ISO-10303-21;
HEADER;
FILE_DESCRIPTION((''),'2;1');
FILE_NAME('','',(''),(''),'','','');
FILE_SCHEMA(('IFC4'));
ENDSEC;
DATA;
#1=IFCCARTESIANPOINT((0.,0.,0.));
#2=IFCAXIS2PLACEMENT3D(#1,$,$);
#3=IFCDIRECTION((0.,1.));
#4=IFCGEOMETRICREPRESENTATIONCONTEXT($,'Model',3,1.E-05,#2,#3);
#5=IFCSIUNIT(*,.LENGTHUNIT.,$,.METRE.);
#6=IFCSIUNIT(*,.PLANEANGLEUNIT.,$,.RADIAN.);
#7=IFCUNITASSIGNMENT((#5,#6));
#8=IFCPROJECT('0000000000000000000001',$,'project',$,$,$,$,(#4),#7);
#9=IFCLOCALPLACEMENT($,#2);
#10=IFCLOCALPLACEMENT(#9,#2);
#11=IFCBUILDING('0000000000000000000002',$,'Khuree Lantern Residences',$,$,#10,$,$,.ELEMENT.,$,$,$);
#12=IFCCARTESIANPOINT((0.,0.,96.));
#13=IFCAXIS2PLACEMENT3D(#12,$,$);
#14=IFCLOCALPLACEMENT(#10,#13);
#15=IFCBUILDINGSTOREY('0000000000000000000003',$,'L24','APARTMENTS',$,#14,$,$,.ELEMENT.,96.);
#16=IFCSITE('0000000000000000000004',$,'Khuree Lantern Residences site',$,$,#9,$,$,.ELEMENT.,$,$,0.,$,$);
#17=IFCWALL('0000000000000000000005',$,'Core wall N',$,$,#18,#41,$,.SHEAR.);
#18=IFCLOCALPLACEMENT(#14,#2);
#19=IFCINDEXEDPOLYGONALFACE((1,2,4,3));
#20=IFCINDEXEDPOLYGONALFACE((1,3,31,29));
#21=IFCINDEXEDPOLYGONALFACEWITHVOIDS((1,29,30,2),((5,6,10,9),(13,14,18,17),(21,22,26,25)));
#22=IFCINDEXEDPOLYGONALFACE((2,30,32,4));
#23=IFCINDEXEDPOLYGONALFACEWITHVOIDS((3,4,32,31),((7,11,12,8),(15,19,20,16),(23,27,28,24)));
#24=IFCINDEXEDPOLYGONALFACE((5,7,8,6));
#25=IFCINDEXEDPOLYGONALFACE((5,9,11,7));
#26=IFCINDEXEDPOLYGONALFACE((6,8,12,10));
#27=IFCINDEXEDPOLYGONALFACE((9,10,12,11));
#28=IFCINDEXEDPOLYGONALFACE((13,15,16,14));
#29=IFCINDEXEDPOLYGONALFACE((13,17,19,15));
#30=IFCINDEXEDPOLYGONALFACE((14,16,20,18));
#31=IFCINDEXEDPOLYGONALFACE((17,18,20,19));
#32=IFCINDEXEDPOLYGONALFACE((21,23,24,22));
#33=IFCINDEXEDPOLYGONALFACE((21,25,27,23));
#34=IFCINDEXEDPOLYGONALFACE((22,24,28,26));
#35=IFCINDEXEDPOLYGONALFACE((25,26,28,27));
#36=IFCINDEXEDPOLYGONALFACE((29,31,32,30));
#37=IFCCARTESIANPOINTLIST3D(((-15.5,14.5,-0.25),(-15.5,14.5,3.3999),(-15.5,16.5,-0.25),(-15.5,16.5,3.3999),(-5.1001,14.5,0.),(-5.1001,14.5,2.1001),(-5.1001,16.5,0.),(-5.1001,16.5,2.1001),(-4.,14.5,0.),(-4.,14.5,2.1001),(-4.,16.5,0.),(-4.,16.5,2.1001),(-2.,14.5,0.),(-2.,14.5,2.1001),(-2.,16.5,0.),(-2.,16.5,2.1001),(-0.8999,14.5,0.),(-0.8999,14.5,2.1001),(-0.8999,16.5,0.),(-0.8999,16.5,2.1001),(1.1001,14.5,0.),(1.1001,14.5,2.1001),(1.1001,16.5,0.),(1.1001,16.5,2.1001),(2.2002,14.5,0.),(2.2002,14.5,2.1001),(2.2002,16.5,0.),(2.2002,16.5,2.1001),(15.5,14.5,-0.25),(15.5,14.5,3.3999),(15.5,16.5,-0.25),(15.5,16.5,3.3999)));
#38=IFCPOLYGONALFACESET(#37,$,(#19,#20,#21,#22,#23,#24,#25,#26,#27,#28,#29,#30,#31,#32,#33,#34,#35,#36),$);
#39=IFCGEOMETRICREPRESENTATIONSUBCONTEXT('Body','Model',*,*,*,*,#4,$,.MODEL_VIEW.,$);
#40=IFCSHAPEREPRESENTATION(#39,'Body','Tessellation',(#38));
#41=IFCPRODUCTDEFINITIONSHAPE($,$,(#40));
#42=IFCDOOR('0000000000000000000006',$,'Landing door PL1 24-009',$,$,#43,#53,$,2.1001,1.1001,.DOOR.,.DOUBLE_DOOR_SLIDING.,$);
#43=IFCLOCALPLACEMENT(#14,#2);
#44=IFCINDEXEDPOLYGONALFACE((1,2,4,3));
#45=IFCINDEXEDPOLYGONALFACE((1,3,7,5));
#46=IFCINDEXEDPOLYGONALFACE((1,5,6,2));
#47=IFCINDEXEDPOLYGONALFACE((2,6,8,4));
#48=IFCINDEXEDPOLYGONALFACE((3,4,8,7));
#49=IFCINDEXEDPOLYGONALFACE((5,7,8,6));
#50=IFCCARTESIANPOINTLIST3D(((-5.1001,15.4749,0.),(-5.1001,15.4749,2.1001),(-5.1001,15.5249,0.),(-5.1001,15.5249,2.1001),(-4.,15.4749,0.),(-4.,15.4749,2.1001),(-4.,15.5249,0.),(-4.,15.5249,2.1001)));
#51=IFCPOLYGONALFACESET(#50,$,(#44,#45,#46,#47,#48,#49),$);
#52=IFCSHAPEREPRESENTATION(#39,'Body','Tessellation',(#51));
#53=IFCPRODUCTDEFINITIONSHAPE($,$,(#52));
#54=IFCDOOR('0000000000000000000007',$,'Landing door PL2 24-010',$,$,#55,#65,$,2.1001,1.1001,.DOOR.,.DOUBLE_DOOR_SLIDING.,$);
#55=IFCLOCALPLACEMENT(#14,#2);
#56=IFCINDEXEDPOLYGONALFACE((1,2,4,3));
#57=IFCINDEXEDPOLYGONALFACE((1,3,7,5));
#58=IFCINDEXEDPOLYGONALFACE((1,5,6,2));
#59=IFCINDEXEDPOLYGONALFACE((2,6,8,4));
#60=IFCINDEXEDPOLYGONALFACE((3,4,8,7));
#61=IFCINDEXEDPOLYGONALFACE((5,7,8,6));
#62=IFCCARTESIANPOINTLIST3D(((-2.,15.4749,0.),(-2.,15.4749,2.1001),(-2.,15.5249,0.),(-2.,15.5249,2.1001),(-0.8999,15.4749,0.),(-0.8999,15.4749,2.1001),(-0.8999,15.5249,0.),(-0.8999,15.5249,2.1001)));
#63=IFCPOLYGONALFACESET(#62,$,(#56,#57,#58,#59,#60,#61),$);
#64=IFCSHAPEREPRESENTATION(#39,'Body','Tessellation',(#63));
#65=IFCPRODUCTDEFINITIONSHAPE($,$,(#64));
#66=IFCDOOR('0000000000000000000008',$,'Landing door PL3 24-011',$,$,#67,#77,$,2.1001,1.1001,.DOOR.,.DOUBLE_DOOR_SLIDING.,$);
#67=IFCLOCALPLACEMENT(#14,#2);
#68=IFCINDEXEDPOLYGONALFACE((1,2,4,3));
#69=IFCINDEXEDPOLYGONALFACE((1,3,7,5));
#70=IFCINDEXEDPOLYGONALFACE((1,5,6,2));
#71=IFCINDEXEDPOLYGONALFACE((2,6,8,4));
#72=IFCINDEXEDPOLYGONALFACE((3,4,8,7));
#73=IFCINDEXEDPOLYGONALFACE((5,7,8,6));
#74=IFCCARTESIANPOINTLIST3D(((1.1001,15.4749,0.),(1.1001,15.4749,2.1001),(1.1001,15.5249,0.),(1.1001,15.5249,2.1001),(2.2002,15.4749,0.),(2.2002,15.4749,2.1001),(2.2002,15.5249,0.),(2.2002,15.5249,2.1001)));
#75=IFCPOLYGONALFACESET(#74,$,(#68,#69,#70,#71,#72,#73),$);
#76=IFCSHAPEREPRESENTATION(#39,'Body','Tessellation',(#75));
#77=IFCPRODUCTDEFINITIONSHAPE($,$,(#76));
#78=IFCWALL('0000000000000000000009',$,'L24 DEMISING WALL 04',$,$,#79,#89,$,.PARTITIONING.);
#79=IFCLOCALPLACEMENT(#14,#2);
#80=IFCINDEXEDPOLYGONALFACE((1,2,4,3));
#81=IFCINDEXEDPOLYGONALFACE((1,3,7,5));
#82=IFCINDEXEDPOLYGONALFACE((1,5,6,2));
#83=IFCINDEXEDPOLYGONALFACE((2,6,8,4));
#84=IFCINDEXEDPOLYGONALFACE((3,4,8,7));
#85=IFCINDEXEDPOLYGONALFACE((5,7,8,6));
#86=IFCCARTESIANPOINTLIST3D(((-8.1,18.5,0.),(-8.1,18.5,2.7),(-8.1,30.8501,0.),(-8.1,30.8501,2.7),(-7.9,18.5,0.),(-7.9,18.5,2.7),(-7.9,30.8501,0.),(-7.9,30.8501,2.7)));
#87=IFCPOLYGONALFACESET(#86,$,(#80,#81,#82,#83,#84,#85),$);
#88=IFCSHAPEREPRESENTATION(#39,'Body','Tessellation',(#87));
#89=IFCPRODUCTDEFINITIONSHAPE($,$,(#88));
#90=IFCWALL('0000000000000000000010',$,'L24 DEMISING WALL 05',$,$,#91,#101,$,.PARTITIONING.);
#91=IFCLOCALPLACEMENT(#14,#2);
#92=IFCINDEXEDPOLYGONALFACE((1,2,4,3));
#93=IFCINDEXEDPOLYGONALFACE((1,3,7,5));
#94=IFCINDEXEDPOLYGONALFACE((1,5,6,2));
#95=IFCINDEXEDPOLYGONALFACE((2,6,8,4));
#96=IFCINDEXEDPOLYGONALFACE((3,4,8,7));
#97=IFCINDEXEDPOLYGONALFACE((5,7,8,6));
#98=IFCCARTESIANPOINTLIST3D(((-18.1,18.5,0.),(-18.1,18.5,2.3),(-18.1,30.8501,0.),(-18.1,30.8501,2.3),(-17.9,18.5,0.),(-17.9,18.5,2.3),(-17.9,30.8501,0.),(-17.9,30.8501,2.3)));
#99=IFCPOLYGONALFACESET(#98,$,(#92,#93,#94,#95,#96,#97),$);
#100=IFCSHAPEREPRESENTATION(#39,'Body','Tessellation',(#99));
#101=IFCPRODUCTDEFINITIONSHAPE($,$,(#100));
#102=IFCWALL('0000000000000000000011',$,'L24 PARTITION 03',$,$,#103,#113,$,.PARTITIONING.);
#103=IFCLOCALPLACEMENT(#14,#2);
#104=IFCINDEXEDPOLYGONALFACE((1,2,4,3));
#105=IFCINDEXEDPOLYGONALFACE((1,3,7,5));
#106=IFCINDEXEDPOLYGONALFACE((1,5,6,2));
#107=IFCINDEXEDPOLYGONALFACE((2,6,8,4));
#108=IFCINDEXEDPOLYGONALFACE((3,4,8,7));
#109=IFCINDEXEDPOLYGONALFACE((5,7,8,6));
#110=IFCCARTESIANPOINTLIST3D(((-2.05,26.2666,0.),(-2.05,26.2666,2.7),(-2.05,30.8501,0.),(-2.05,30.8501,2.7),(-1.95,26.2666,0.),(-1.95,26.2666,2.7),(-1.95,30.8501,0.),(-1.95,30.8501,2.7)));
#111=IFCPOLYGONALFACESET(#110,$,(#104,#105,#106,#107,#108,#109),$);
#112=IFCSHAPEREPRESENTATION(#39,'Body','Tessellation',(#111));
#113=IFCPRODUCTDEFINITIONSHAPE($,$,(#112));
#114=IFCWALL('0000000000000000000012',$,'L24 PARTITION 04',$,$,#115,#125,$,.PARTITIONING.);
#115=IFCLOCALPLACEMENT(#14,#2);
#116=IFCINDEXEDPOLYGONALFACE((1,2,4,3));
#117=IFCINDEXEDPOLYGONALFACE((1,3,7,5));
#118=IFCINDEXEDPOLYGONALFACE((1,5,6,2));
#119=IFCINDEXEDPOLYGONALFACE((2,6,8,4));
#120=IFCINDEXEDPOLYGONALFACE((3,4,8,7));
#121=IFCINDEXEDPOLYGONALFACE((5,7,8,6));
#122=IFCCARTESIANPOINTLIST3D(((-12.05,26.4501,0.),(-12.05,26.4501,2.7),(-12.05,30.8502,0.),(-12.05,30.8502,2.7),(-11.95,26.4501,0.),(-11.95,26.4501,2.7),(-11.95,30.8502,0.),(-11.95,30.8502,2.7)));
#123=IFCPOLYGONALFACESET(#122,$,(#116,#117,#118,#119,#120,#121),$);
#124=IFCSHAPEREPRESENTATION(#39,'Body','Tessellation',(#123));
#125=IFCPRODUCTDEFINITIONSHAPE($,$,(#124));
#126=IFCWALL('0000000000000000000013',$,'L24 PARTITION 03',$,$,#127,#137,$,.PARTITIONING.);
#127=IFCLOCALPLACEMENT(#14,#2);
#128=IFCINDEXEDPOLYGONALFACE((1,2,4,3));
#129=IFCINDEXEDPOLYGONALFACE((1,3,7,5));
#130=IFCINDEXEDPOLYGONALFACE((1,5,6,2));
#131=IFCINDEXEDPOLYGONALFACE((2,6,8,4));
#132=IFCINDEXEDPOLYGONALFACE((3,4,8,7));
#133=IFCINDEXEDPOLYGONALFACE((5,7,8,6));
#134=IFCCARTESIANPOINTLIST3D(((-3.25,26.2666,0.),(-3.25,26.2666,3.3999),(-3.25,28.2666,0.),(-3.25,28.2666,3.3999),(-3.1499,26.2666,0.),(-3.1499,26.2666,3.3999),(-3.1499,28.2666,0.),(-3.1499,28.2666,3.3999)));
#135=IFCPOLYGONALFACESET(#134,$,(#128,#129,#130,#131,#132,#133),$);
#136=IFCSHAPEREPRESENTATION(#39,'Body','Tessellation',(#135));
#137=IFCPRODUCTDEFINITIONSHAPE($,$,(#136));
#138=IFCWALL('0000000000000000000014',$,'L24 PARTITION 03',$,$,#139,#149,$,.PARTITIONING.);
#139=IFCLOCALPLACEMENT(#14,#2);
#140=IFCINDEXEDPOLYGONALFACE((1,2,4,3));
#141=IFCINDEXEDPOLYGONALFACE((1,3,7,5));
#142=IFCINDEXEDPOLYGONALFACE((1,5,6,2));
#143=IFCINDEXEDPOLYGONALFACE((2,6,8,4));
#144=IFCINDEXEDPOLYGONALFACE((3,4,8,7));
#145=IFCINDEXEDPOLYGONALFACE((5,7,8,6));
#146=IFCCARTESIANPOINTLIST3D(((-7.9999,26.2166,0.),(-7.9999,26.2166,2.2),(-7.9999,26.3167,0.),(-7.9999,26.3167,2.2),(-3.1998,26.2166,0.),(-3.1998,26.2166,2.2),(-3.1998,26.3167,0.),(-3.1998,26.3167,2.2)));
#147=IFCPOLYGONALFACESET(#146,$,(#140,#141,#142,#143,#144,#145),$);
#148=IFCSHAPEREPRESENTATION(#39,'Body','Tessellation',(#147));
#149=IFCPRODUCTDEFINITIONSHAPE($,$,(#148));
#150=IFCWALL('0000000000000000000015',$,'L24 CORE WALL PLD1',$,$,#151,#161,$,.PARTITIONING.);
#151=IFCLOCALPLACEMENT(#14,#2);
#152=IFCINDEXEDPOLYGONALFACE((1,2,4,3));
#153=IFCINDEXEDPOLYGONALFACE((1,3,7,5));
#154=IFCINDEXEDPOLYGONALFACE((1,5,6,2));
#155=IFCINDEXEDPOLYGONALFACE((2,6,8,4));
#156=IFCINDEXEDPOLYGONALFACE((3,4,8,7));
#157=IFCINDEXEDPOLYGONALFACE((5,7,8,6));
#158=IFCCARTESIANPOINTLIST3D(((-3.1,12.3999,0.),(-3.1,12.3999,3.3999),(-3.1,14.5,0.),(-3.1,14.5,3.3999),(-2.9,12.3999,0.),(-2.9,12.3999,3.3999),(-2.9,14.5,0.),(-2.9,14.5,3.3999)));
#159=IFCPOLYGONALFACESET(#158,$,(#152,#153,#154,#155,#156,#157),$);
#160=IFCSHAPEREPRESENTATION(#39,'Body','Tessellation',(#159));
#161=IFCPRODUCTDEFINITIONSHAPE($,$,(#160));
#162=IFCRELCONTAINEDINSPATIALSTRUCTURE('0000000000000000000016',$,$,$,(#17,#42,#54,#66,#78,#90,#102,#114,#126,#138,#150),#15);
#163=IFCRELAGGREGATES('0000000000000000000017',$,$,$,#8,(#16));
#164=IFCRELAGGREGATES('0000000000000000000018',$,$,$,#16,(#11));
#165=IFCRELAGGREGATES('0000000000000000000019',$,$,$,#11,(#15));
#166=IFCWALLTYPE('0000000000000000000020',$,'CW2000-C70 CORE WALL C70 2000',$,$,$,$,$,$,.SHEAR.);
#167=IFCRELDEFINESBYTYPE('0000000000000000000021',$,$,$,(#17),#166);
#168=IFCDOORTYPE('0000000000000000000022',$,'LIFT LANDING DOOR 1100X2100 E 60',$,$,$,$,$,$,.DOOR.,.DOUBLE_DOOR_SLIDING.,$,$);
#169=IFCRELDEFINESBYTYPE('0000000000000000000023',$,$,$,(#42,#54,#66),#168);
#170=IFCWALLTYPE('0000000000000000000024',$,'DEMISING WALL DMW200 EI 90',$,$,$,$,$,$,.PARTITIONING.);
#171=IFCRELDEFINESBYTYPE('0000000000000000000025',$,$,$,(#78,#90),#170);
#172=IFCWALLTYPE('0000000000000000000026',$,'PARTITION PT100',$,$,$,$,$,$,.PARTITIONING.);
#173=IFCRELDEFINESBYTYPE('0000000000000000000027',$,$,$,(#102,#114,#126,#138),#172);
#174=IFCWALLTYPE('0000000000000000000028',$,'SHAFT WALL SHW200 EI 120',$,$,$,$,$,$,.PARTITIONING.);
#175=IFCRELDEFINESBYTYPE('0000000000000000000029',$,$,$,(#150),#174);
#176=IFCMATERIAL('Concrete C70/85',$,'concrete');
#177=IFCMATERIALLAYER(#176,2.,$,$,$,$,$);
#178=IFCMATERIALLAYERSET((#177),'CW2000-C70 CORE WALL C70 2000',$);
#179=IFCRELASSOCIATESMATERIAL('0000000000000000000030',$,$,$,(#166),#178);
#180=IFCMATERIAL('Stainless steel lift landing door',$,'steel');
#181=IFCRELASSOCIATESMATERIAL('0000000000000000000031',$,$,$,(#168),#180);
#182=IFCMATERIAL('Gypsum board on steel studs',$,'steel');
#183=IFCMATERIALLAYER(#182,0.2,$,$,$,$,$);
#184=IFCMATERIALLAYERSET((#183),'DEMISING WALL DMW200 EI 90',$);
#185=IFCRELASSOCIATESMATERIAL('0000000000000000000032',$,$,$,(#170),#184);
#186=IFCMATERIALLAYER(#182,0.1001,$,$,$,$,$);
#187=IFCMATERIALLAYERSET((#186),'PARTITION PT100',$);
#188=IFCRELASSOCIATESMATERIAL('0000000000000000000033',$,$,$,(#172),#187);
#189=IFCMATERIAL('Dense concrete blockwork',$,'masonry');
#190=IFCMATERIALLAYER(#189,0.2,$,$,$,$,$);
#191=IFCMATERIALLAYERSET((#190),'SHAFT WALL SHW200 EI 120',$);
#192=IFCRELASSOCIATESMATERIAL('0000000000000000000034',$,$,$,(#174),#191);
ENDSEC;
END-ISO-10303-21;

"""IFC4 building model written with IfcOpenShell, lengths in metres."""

from ifc_helpers import new_model, si_unit, direction, frame, frame_2d, origin, place, context, subcontext, project, spatial, rectangle, extrude, material, layer, layer_set, type_object, element, fill, save


model = new_model("IFC4")

# Units and contexts
model_context = context("Model", 3, precision=1e-05, world=origin(), true_north=direction((0.0, 1.0)))
body_context = subcontext(model_context, "Body", "Model", "MODEL_VIEW")
ifc_project = project(units=[si_unit("LENGTHUNIT", "METRE"), si_unit("PLANEANGLEUNIT", "RADIAN")], contexts=[model_context])

# Site, building, storey
site_placement = place(None, origin())
site = spatial("IfcSite", under=ifc_project, at=site_placement, Name="Khuree Lantern Residences site", CompositionType="ELEMENT", RefElevation=0.0)
building_placement = place(site_placement, origin())
building = spatial("IfcBuilding", under=site, at=building_placement, Name="Khuree Lantern Residences", CompositionType="ELEMENT")
storey_placement = place(building_placement, frame((0.0, 0.0, 96.0)))
storey = spatial("IfcBuildingStorey", under=building, at=storey_placement, Name="L24", Description="APARTMENTS", CompositionType="ELEMENT", Elevation=96.0)

# Shared definitions
ifc_material_1 = material(Name="Concrete C70/85", Category="concrete")

# Shared definitions
ifc_material_2 = material(Name="Dense concrete blockwork", Category="masonry")

# Shared definitions
ifc_material_3 = material(Name="Gypsum board on steel studs", Category="steel")

# Wall, openings, doors
ifc_layer_1 = layer(ifc_material_1, 2.0)
ifc_layer_set_1 = layer_set([ifc_layer_1], Name="CW2000-C70 CORE WALL C70 2000")
wall_type_1 = type_object("IfcWallType", Name="CW2000-C70 CORE WALL C70 2000", PredefinedType="SHEAR", material=ifc_layer_set_1)
wall_1_placement = place(storey_placement, frame((-15.5, 15.5, -0.25), z_axis=(0.0, 0.0, 1.0), x_axis=(1.0, 0.0, 0.0)))
wall_1 = element("IfcWall", 1, at=wall_1_placement, inside=storey, type_object=wall_type_1, Name="Core wall N", PredefinedType="SHEAR", context=body_context, shape_type="SweptSolid", body=[
    extrude(rectangle(XDim=31.0, YDim=2.0, at=frame_2d((15.5, 0.0))), origin(), (0.0, 0.0, 1.0), 3.6499),
])
opening_1_placement = place(wall_1_placement, frame((10.3999, 0.0, 0.25)))
opening_1 = element("IfcOpeningElement", 2, at=opening_1_placement, cuts=wall_1, PredefinedType="OPENING", context=body_context, shape_type="SweptSolid", body=[
    extrude(rectangle(XDim=1.1001, YDim=2.1001, at=frame_2d((0.55, 1.05))), frame((0.0, 1.01, 0.0), z_axis=(0.0, -1.0, 0.0), x_axis=(1.0, 0.0, 0.0)), (0.0, 0.0, 1.0), 2.02),
])
opening_2_placement = place(wall_1_placement, frame((13.5, 0.0, 0.25)))
opening_2 = element("IfcOpeningElement", 3, at=opening_2_placement, cuts=wall_1, PredefinedType="OPENING", context=body_context, shape_type="SweptSolid", body=[
    extrude(rectangle(XDim=1.1001, YDim=2.1001, at=frame_2d((0.55, 1.05))), frame((0.0, 1.01, 0.0), z_axis=(0.0, -1.0, 0.0), x_axis=(1.0, 0.0, 0.0)), (0.0, 0.0, 1.0), 2.02),
])
opening_3_placement = place(wall_1_placement, frame((16.6001, 0.0, 0.25)))
opening_3 = element("IfcOpeningElement", 4, at=opening_3_placement, cuts=wall_1, PredefinedType="OPENING", context=body_context, shape_type="SweptSolid", body=[
    extrude(rectangle(XDim=1.1001, YDim=2.1001, at=frame_2d((0.55, 1.05))), frame((0.0, 1.01, 0.0), z_axis=(0.0, -1.0, 0.0), x_axis=(1.0, 0.0, 0.0)), (0.0, 0.0, 1.0), 2.02),
])
ifc_material_4 = material(Name="Stainless steel lift landing door", Category="steel")
door_type_1 = type_object("IfcDoorType", Name="LIFT LANDING DOOR 1100X2100 E 60", OperationType="DOUBLE_DOOR_SLIDING", PredefinedType="DOOR", material=ifc_material_4)
door_1_placement = place(opening_1_placement, origin())
door_1 = element("IfcDoor", 5, at=door_1_placement, inside=storey, type_object=door_type_1, Name="Landing door PL1 24-009", OperationType="DOUBLE_DOOR_SLIDING", OverallHeight=2.1001, OverallWidth=1.1001, PredefinedType="DOOR", context=body_context, shape_type="SweptSolid", body=[
    extrude(rectangle(XDim=1.1001, YDim=2.1001, at=frame_2d((0.55, 1.05))), frame((0.0, 0.0249, 0.0), z_axis=(0.0, -1.0, 0.0), x_axis=(1.0, 0.0, 0.0)), (0.0, 0.0, 1.0), 0.05),
])
fill(opening_1, door_1)
door_2_placement = place(opening_2_placement, origin())
door_2 = element("IfcDoor", 6, at=door_2_placement, inside=storey, type_object=door_type_1, Name="Landing door PL2 24-010", OperationType="DOUBLE_DOOR_SLIDING", OverallHeight=2.1001, OverallWidth=1.1001, PredefinedType="DOOR", context=body_context, shape_type="SweptSolid", body=[
    extrude(rectangle(XDim=1.1001, YDim=2.1001, at=frame_2d((0.55, 1.05))), frame((0.0, 0.0249, 0.0), z_axis=(0.0, -1.0, 0.0), x_axis=(1.0, 0.0, 0.0)), (0.0, 0.0, 1.0), 0.05),
])
fill(opening_2, door_2)
door_3_placement = place(opening_3_placement, origin())
door_3 = element("IfcDoor", 7, at=door_3_placement, inside=storey, type_object=door_type_1, Name="Landing door PL3 24-011", OperationType="DOUBLE_DOOR_SLIDING", OverallHeight=2.1001, OverallWidth=1.1001, PredefinedType="DOOR", context=body_context, shape_type="SweptSolid", body=[
    extrude(rectangle(XDim=1.1001, YDim=2.1001, at=frame_2d((0.55, 1.05))), frame((0.0, 0.0249, 0.0), z_axis=(0.0, -1.0, 0.0), x_axis=(1.0, 0.0, 0.0)), (0.0, 0.0, 1.0), 0.05),
])
fill(opening_3, door_3)

# Walls
ifc_layer_2 = layer(ifc_material_3, 0.2)
ifc_layer_set_2 = layer_set([ifc_layer_2], Name="DEMISING WALL DMW200 EI 90")
wall_type_2 = type_object("IfcWallType", Name="DEMISING WALL DMW200 EI 90", PredefinedType="PARTITIONING", material=ifc_layer_set_2)
wall_2_placement = place(storey_placement, frame((-8.0, 18.5, 0.0), z_axis=(0.0, 0.0, 1.0), x_axis=(0.0, 1.0, 0.0)))
element("IfcWall", 8, at=wall_2_placement, inside=storey, type_object=wall_type_2, Name="L24 DEMISING WALL 04", PredefinedType="PARTITIONING", context=body_context, shape_type="SweptSolid", body=[
    extrude(rectangle(XDim=12.3501, YDim=0.2, at=frame_2d((6.175, 0.0))), origin(), (0.0, 0.0, 1.0), 2.7),
])
wall_3_placement = place(storey_placement, frame((-18.0, 18.5, 0.0), z_axis=(0.0, 0.0, 1.0), x_axis=(0.0, 1.0, 0.0)))
element("IfcWall", 9, at=wall_3_placement, inside=storey, type_object=wall_type_2, Name="L24 DEMISING WALL 05", PredefinedType="PARTITIONING", context=body_context, shape_type="SweptSolid", body=[
    extrude(rectangle(XDim=12.3501, YDim=0.2, at=frame_2d((6.175, 0.0))), origin(), (0.0, 0.0, 1.0), 2.3),
])
ifc_layer_3 = layer(ifc_material_3, 0.1001)
ifc_layer_set_3 = layer_set([ifc_layer_3], Name="PARTITION PT100")
wall_type_3 = type_object("IfcWallType", Name="PARTITION PT100", PredefinedType="PARTITIONING", material=ifc_layer_set_3)
wall_4_placement = place(storey_placement, frame((-2.0, 26.2666, 0.0), z_axis=(0.0, 0.0, 1.0), x_axis=(0.0, 1.0, 0.0)))
element("IfcWall", 10, at=wall_4_placement, inside=storey, type_object=wall_type_3, Name="L24 PARTITION 03", PredefinedType="PARTITIONING", context=body_context, shape_type="SweptSolid", body=[
    extrude(rectangle(XDim=4.5835, YDim=0.1001, at=frame_2d((2.2917, 0.0))), origin(), (0.0, 0.0, 1.0), 2.7),
])
wall_5_placement = place(storey_placement, frame((-12.0, 26.45, 0.0), z_axis=(0.0, 0.0, 1.0), x_axis=(0.0, 1.0, 0.0)))
element("IfcWall", 11, at=wall_5_placement, inside=storey, type_object=wall_type_3, Name="L24 PARTITION 04", PredefinedType="PARTITIONING", context=body_context, shape_type="SweptSolid", body=[
    extrude(rectangle(XDim=4.4001, YDim=0.1001, at=frame_2d((2.2002, 0.0))), origin(), (0.0, 0.0, 1.0), 2.7),
])
wall_6_placement = place(storey_placement, frame((-3.2, 26.2666, 0.0), z_axis=(0.0, 0.0, 1.0), x_axis=(0.0, 1.0, 0.0)))
element("IfcWall", 12, at=wall_6_placement, inside=storey, type_object=wall_type_3, Name="L24 PARTITION 03", PredefinedType="PARTITIONING", context=body_context, shape_type="SweptSolid", body=[
    extrude(rectangle(XDim=2.0, YDim=0.1001, at=frame_2d((1.0, 0.0))), origin(), (0.0, 0.0, 1.0), 3.3999),
])
wall_7_placement = place(storey_placement, frame((-3.2, 26.2666, 0.0), z_axis=(0.0, 0.0, 1.0), x_axis=(-1.0, 0.0, 0.0)))
element("IfcWall", 13, at=wall_7_placement, inside=storey, type_object=wall_type_3, Name="L24 PARTITION 03", PredefinedType="PARTITIONING", context=body_context, shape_type="SweptSolid", body=[
    extrude(rectangle(XDim=4.8, YDim=0.1001, at=frame_2d((2.3999, 0.0))), origin(), (0.0, 0.0, 1.0), 2.2),
])
ifc_layer_4 = layer(ifc_material_2, 0.2)
ifc_layer_set_4 = layer_set([ifc_layer_4], Name="SHAFT WALL SHW200 EI 120")
wall_type_4 = type_object("IfcWallType", Name="SHAFT WALL SHW200 EI 120", PredefinedType="PARTITIONING", material=ifc_layer_set_4)
wall_8_placement = place(storey_placement, frame((-3.0, 12.3999, 0.0), z_axis=(0.0, 0.0, 1.0), x_axis=(0.0, 1.0, 0.0)))
element("IfcWall", 14, at=wall_8_placement, inside=storey, type_object=wall_type_4, Name="L24 CORE WALL PLD1", PredefinedType="PARTITIONING", context=body_context, shape_type="SweptSolid", body=[
    extrude(rectangle(XDim=2.1001, YDim=0.2, at=frame_2d((1.05, 0.0))), origin(), (0.0, 0.0, 1.0), 3.3999),
])

save(model, "model.ifc")
